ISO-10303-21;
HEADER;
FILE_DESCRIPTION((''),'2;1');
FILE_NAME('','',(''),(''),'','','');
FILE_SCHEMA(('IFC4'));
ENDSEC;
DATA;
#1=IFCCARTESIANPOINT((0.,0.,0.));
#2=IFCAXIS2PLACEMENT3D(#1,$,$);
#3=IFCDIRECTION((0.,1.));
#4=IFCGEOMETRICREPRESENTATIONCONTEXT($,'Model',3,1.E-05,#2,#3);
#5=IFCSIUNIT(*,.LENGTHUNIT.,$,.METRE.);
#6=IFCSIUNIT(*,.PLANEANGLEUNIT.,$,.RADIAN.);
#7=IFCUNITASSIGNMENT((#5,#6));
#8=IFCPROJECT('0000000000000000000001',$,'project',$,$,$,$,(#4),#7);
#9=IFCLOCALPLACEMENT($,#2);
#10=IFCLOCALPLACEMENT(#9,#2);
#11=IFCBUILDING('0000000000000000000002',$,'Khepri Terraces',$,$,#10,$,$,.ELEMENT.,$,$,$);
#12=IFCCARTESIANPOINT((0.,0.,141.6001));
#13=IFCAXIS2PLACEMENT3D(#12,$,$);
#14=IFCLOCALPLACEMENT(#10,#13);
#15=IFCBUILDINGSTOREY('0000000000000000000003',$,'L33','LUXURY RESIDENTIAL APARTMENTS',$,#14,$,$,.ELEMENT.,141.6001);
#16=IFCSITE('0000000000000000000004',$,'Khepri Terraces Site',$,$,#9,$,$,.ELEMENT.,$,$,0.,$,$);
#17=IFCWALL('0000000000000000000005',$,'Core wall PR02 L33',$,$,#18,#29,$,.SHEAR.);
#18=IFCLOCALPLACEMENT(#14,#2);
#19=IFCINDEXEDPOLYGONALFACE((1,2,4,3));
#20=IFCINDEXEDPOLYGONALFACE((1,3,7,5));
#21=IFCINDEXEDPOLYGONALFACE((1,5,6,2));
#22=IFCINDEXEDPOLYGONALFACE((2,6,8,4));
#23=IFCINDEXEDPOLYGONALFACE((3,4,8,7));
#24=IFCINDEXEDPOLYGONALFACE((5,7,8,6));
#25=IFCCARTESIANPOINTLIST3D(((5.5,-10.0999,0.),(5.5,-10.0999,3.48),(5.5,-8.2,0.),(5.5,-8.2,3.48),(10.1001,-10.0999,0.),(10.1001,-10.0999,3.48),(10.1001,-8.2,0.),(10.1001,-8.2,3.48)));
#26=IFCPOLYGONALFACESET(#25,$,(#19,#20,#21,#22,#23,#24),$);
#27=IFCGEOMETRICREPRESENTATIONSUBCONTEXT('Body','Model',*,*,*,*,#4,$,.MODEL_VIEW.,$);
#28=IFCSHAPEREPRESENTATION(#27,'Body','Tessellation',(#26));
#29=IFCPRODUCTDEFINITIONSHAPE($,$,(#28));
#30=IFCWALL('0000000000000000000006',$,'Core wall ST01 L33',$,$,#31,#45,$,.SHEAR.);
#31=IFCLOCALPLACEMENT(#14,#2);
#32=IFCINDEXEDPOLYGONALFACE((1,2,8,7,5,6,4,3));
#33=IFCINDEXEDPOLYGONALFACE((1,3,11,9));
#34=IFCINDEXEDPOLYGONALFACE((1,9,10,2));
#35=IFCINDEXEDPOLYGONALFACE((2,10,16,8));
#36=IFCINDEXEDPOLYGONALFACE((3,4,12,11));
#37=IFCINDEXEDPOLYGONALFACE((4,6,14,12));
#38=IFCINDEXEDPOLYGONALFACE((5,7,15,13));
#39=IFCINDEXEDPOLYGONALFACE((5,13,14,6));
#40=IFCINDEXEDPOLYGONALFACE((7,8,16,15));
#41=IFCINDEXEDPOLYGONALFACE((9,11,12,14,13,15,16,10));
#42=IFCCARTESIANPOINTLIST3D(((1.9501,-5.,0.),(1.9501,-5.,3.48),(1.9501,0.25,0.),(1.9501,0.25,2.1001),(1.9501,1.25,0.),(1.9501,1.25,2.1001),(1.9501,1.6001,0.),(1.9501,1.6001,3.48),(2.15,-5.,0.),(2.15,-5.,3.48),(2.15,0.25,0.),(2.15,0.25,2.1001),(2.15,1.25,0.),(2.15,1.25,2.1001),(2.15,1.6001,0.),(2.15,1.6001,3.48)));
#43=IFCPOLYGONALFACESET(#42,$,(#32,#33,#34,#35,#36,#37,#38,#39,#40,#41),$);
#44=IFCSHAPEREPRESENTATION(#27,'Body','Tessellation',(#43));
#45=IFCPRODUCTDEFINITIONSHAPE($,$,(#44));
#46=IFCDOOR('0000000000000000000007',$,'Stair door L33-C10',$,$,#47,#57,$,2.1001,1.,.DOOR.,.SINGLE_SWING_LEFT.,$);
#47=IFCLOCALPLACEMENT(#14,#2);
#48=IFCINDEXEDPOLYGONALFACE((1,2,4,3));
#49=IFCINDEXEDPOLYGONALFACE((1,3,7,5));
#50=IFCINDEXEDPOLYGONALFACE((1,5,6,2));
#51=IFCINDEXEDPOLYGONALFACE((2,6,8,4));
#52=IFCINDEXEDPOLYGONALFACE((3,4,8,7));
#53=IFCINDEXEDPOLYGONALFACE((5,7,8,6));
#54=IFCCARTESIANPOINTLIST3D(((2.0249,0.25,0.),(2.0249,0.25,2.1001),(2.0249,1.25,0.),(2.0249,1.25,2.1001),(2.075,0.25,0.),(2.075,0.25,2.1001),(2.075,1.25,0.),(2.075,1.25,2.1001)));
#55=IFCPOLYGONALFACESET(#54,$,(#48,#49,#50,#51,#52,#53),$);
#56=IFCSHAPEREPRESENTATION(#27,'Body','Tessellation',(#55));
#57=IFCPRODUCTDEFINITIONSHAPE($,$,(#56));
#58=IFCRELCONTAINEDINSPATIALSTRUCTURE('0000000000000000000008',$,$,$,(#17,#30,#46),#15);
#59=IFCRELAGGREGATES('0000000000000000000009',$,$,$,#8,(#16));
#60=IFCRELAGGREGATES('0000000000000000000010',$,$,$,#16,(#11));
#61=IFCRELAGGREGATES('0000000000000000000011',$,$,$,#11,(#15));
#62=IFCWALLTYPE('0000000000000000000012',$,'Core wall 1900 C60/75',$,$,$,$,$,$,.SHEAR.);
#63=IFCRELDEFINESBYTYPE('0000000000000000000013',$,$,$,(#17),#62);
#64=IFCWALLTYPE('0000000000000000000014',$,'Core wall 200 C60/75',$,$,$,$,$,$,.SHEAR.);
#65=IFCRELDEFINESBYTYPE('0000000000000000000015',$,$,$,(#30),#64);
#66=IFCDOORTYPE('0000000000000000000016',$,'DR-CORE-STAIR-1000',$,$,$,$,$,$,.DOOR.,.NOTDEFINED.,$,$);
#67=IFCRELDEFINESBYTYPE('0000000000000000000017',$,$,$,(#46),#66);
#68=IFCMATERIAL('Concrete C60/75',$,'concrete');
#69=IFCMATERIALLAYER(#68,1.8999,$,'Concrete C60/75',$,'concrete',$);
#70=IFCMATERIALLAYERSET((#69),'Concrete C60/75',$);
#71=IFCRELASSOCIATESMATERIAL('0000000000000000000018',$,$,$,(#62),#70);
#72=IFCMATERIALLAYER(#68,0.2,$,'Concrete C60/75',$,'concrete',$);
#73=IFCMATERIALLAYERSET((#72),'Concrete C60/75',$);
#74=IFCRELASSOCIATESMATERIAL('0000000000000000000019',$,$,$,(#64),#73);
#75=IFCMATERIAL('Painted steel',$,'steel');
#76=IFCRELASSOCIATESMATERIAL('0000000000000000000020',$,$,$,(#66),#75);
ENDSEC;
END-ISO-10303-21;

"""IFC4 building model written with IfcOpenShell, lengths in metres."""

from ifc_helpers import new_model, si_unit, direction, frame, frame_2d, origin, place, context, subcontext, project, spatial, rectangle, extrude, material, layer, layer_set, type_object, element, fill, save


model = new_model("IFC4")

# Units and contexts
model_context = context("Model", 3, precision=1e-05, world=origin(), true_north=direction((0.0, 1.0)))
body_context = subcontext(model_context, "Body", "Model", "MODEL_VIEW")
ifc_project = project(units=[si_unit("LENGTHUNIT", "METRE"), si_unit("PLANEANGLEUNIT", "RADIAN")], contexts=[model_context])

# Site, building, storey
site_placement = place(None, origin())
site = spatial("IfcSite", under=ifc_project, at=site_placement, Name="Khepri Terraces Site", CompositionType="ELEMENT", RefElevation=0.0)
building_placement = place(site_placement, origin())
building = spatial("IfcBuilding", under=site, at=building_placement, Name="Khepri Terraces", CompositionType="ELEMENT")
storey_placement = place(building_placement, frame((0.0, 0.0, 141.6001)))
storey = spatial("IfcBuildingStorey", under=building, at=storey_placement, Name="L33", Description="LUXURY RESIDENTIAL APARTMENTS", CompositionType="ELEMENT", Elevation=141.6001)

# Wall
ifc_material_1 = material(Name="Concrete C60/75", Category="concrete")
ifc_layer_1 = layer(ifc_material_1, 1.8999, Name="Concrete C60/75", Category="concrete")
ifc_layer_set_1 = layer_set([ifc_layer_1], Name="Concrete C60/75")
wall_type_1 = type_object("IfcWallType", Name="Core wall 1900 C60/75", PredefinedType="SHEAR", material=ifc_layer_set_1)
wall_1_placement = place(storey_placement, frame((5.5, -9.1499, 0.0), z_axis=(0.0, 0.0, 1.0), x_axis=(1.0, 0.0, 0.0)))
element("IfcWall", 1, at=wall_1_placement, inside=storey, type_object=wall_type_1, Name="Core wall PR02 L33", PredefinedType="SHEAR", context=body_context, shape_type="SweptSolid", body=[
    extrude(rectangle(XDim=4.6001, YDim=1.8999, at=frame_2d((2.3, 0.0))), origin(), (0.0, 0.0, 1.0), 3.48),
])

# Wall, opening, door
ifc_layer_2 = layer(ifc_material_1, 0.2, Name="Concrete C60/75", Category="concrete")
ifc_layer_set_2 = layer_set([ifc_layer_2], Name="Concrete C60/75")
wall_type_2 = type_object("IfcWallType", Name="Core wall 200 C60/75", PredefinedType="SHEAR", material=ifc_layer_set_2)
wall_2_placement = place(storey_placement, frame((2.05, -5.0, 0.0), z_axis=(0.0, 0.0, 1.0), x_axis=(0.0, 1.0, 0.0)))
wall_2 = element("IfcWall", 2, at=wall_2_placement, inside=storey, type_object=wall_type_2, Name="Core wall ST01 L33", PredefinedType="SHEAR", context=body_context, shape_type="SweptSolid", body=[
    extrude(rectangle(XDim=6.6001, YDim=0.2, at=frame_2d((3.3, 0.0))), origin(), (0.0, 0.0, 1.0), 3.48),
])
opening_1_placement = place(wall_2_placement, frame((5.25, 0.0, 0.0)))
opening_1 = element("IfcOpeningElement", 3, at=opening_1_placement, cuts=wall_2, PredefinedType="OPENING", context=body_context, shape_type="SweptSolid", body=[
    extrude(rectangle(XDim=1.0, YDim=2.1001, at=frame_2d((0.5, 1.05))), frame((0.0, 0.1099, 0.0), z_axis=(0.0, -1.0, 0.0), x_axis=(1.0, 0.0, 0.0)), (0.0, 0.0, 1.0), 0.22),
])
ifc_material_2 = material(Name="Painted steel", Category="steel")
door_type_1 = type_object("IfcDoorType", Name="DR-CORE-STAIR-1000", OperationType="NOTDEFINED", PredefinedType="DOOR", material=ifc_material_2)
door_1_placement = place(opening_1_placement, frame((1.0, 0.0, 0.0), z_axis=(0.0, 0.0, 1.0), x_axis=(-1.0, 0.0, 0.0)))
door_1 = element("IfcDoor", 4, at=door_1_placement, inside=storey, type_object=door_type_1, Name="Stair door L33-C10", OperationType="SINGLE_SWING_LEFT", OverallHeight=2.1001, OverallWidth=1.0, PredefinedType="DOOR", context=body_context, shape_type="SweptSolid", body=[
    extrude(rectangle(XDim=1.0, YDim=2.1001, at=frame_2d((0.5, 1.05))), frame((0.0, 0.0249, 0.0), z_axis=(0.0, -1.0, 0.0), x_axis=(1.0, 0.0, 0.0)), (0.0, 0.0, 1.0), 0.05),
])
fill(opening_1, door_1)

save(model, "model.ifc")
